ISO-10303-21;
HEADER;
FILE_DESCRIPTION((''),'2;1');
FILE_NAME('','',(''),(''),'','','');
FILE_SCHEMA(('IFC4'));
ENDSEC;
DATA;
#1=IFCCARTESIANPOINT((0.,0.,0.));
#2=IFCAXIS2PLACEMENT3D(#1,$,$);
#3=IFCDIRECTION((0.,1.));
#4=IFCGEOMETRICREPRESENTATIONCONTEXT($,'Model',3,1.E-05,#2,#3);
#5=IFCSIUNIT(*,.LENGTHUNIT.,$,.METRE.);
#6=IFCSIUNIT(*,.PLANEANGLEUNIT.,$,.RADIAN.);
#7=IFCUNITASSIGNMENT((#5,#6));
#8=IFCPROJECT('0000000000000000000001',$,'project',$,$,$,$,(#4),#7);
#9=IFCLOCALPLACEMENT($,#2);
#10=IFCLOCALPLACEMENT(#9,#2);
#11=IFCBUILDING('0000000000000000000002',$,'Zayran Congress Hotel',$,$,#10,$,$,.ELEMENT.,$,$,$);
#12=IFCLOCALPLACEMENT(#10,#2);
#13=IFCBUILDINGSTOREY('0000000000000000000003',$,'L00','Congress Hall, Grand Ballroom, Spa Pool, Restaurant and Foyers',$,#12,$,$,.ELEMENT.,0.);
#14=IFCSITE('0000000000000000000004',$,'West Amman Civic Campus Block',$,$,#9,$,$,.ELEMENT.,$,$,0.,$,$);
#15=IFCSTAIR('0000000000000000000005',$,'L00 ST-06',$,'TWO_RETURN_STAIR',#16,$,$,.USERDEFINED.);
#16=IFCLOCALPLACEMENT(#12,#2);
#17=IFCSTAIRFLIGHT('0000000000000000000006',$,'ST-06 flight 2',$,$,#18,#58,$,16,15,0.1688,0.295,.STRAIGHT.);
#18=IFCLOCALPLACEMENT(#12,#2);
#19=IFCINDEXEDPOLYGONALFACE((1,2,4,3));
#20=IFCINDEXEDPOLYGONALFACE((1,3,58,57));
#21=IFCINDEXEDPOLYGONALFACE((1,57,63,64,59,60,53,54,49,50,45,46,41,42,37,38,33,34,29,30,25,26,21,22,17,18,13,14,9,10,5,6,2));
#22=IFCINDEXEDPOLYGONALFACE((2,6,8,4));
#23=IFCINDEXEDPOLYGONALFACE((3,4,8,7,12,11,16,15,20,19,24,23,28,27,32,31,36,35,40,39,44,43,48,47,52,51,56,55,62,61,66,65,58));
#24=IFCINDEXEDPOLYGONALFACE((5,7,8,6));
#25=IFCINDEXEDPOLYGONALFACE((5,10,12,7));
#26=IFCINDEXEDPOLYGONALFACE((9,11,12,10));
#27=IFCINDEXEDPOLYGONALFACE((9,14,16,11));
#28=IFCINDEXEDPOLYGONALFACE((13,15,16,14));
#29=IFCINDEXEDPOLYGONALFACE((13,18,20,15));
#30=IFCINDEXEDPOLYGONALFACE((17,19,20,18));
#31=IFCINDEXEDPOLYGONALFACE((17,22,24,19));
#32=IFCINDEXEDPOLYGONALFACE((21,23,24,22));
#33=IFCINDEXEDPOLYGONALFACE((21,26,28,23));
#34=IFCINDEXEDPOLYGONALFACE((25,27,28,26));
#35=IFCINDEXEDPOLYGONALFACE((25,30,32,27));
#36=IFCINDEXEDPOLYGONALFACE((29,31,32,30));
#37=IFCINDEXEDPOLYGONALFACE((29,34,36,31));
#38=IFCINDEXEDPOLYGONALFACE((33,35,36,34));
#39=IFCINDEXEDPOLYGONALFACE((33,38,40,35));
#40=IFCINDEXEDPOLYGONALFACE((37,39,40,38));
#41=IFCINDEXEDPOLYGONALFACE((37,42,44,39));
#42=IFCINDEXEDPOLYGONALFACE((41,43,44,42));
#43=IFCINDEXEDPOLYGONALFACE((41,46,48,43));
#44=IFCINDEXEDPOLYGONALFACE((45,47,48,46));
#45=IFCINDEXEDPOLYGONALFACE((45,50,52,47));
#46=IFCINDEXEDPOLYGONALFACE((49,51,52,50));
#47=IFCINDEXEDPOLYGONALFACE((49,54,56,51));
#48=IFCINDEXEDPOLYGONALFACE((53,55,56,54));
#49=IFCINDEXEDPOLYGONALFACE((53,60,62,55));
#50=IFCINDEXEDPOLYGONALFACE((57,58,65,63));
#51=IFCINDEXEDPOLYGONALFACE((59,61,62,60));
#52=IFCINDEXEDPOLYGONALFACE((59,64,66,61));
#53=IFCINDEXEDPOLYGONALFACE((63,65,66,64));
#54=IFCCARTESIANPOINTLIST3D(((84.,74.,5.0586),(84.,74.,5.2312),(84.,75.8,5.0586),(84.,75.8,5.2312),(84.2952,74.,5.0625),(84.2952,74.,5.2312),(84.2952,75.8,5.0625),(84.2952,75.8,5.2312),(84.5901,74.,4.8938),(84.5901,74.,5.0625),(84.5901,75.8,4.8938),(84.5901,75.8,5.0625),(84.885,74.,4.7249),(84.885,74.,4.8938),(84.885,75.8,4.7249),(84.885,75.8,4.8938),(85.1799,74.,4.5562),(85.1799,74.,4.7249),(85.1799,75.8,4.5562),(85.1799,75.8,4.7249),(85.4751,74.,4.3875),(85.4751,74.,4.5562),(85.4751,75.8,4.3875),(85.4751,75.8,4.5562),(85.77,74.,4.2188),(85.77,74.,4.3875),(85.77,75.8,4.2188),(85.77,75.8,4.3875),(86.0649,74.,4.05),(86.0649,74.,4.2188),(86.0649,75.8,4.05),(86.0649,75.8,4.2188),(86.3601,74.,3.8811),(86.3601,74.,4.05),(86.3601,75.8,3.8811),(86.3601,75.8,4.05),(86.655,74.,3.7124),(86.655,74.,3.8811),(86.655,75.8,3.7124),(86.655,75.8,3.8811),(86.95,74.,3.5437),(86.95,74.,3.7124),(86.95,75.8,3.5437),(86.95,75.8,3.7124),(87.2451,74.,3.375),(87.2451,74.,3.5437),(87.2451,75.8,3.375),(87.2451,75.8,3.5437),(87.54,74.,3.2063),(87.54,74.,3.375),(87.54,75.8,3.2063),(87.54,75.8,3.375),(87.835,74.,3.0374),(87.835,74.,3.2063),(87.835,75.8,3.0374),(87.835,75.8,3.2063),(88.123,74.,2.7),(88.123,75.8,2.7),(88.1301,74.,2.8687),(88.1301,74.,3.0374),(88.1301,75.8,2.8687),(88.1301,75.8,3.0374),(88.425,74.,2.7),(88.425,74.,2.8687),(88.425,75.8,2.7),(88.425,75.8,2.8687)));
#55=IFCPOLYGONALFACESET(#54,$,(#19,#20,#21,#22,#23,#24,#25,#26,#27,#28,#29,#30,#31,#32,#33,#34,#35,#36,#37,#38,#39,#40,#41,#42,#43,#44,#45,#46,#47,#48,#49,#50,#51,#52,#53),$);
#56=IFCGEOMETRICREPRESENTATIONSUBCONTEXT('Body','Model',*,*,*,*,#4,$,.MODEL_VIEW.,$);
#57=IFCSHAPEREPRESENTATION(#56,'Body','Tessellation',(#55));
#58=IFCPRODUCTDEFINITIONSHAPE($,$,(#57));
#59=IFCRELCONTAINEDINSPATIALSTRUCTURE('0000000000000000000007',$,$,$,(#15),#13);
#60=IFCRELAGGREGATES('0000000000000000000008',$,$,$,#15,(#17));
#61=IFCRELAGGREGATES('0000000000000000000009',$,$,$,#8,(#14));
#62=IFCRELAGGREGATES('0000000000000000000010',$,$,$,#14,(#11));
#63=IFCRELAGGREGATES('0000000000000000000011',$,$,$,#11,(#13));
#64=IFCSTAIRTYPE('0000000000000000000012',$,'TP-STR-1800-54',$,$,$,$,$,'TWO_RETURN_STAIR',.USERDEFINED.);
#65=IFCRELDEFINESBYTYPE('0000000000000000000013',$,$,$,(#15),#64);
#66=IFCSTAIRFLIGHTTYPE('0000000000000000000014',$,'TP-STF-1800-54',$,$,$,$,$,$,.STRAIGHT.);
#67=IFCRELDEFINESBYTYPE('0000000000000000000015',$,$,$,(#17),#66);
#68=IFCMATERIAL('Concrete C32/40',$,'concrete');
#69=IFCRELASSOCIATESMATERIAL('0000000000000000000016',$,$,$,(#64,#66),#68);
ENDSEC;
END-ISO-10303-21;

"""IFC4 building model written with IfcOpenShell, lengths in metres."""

from ifc_helpers import new_model, si_unit, direction, frame, origin, place, context, subcontext, project, spatial, polyline, outline, extrude, material, type_object, element, aggregate, save


model = new_model("IFC4")

# Units and contexts
model_context = context("Model", 3, precision=1e-05, world=origin(), true_north=direction((0.0, 1.0)))
body_context = subcontext(model_context, "Body", "Model", "MODEL_VIEW")
ifc_project = project(units=[si_unit("LENGTHUNIT", "METRE"), si_unit("PLANEANGLEUNIT", "RADIAN")], contexts=[model_context])

# Site, building, storey
site_placement = place(None, origin())
site = spatial("IfcSite", under=ifc_project, at=site_placement, Name="West Amman Civic Campus Block", CompositionType="ELEMENT", RefElevation=0.0)
building_placement = place(site_placement, origin())
building = spatial("IfcBuilding", under=site, at=building_placement, Name="Zayran Congress Hotel", CompositionType="ELEMENT")
storey_placement = place(building_placement, origin())
storey = spatial("IfcBuildingStorey", under=building, at=storey_placement, Name="L00", Description="Congress Hall, Grand Ballroom, Spa Pool, Restaurant and Foyers", CompositionType="ELEMENT", Elevation=0.0)

# Stair, stair flight
ifc_material_1 = material(Name="Concrete C32/40", Category="concrete")
stair_type = type_object("IfcStairType", Name="TP-STR-1800-54", ElementType="TWO_RETURN_STAIR", PredefinedType="USERDEFINED", material=ifc_material_1)
stair_placement = place(storey_placement, origin())
stair = element("IfcStair", 1, at=stair_placement, inside=storey, type_object=stair_type, Name="L00 ST-06", ObjectType="TWO_RETURN_STAIR", PredefinedType="USERDEFINED")
stair_flight_type = type_object("IfcStairFlightType", Name="TP-STF-1800-54", PredefinedType="STRAIGHT", material=ifc_material_1)
stair_flight_placement = place(storey_placement, frame((88.425, 74.8999, 2.7), z_axis=(0.0, 0.0, 1.0), x_axis=(-1.0, 0.0, 0.0)))
stair_flight = element("IfcStairFlight", 2, at=stair_flight_placement, type_object=stair_flight_type, Name="ST-06 flight 2", NumberOfRisers=16, NumberOfTreads=15, PredefinedType="STRAIGHT", RiserHeight=0.1688, TreadLength=0.295, context=body_context, shape_type="SweptSolid", body=[
    extrude(outline(polyline([(0.0, 0.0), (0.0, 0.1687), (0.2949, 0.1687), (0.2949, 0.3374), (0.5901, 0.3374), (0.5901, 0.5063), (0.885, 0.5063), (0.885, 0.675), (1.1799, 0.675), (1.1799, 0.8438), (1.4751, 0.8438), (1.4751, 1.0125), (1.77, 1.0125), (1.77, 1.1812), (2.0649, 1.1812), (2.0649, 1.3501), (2.3601, 1.3501), (2.3601, 1.5188), (2.655, 1.5188), (2.655, 1.6875), (2.95, 1.6875), (2.95, 1.8562), (3.2451, 1.8562), (3.2451, 2.0249), (3.54, 2.0249), (3.54, 2.1938), (3.835, 2.1938), (3.835, 2.3625), (4.1299, 2.3625), (4.1299, 2.5312), (4.425, 2.5312), (4.425, 2.7), (4.425, 2.3586), (0.302, 0.0), (0.0, 0.0)])), frame((0.0, 0.8999, 0.0), z_axis=(0.0, -1.0, 0.0), x_axis=(1.0, 0.0, 0.0)), (0.0, 0.0, 1.0), 1.8),
])
aggregate(stair, [stair_flight])

save(model, "model.ifc")
